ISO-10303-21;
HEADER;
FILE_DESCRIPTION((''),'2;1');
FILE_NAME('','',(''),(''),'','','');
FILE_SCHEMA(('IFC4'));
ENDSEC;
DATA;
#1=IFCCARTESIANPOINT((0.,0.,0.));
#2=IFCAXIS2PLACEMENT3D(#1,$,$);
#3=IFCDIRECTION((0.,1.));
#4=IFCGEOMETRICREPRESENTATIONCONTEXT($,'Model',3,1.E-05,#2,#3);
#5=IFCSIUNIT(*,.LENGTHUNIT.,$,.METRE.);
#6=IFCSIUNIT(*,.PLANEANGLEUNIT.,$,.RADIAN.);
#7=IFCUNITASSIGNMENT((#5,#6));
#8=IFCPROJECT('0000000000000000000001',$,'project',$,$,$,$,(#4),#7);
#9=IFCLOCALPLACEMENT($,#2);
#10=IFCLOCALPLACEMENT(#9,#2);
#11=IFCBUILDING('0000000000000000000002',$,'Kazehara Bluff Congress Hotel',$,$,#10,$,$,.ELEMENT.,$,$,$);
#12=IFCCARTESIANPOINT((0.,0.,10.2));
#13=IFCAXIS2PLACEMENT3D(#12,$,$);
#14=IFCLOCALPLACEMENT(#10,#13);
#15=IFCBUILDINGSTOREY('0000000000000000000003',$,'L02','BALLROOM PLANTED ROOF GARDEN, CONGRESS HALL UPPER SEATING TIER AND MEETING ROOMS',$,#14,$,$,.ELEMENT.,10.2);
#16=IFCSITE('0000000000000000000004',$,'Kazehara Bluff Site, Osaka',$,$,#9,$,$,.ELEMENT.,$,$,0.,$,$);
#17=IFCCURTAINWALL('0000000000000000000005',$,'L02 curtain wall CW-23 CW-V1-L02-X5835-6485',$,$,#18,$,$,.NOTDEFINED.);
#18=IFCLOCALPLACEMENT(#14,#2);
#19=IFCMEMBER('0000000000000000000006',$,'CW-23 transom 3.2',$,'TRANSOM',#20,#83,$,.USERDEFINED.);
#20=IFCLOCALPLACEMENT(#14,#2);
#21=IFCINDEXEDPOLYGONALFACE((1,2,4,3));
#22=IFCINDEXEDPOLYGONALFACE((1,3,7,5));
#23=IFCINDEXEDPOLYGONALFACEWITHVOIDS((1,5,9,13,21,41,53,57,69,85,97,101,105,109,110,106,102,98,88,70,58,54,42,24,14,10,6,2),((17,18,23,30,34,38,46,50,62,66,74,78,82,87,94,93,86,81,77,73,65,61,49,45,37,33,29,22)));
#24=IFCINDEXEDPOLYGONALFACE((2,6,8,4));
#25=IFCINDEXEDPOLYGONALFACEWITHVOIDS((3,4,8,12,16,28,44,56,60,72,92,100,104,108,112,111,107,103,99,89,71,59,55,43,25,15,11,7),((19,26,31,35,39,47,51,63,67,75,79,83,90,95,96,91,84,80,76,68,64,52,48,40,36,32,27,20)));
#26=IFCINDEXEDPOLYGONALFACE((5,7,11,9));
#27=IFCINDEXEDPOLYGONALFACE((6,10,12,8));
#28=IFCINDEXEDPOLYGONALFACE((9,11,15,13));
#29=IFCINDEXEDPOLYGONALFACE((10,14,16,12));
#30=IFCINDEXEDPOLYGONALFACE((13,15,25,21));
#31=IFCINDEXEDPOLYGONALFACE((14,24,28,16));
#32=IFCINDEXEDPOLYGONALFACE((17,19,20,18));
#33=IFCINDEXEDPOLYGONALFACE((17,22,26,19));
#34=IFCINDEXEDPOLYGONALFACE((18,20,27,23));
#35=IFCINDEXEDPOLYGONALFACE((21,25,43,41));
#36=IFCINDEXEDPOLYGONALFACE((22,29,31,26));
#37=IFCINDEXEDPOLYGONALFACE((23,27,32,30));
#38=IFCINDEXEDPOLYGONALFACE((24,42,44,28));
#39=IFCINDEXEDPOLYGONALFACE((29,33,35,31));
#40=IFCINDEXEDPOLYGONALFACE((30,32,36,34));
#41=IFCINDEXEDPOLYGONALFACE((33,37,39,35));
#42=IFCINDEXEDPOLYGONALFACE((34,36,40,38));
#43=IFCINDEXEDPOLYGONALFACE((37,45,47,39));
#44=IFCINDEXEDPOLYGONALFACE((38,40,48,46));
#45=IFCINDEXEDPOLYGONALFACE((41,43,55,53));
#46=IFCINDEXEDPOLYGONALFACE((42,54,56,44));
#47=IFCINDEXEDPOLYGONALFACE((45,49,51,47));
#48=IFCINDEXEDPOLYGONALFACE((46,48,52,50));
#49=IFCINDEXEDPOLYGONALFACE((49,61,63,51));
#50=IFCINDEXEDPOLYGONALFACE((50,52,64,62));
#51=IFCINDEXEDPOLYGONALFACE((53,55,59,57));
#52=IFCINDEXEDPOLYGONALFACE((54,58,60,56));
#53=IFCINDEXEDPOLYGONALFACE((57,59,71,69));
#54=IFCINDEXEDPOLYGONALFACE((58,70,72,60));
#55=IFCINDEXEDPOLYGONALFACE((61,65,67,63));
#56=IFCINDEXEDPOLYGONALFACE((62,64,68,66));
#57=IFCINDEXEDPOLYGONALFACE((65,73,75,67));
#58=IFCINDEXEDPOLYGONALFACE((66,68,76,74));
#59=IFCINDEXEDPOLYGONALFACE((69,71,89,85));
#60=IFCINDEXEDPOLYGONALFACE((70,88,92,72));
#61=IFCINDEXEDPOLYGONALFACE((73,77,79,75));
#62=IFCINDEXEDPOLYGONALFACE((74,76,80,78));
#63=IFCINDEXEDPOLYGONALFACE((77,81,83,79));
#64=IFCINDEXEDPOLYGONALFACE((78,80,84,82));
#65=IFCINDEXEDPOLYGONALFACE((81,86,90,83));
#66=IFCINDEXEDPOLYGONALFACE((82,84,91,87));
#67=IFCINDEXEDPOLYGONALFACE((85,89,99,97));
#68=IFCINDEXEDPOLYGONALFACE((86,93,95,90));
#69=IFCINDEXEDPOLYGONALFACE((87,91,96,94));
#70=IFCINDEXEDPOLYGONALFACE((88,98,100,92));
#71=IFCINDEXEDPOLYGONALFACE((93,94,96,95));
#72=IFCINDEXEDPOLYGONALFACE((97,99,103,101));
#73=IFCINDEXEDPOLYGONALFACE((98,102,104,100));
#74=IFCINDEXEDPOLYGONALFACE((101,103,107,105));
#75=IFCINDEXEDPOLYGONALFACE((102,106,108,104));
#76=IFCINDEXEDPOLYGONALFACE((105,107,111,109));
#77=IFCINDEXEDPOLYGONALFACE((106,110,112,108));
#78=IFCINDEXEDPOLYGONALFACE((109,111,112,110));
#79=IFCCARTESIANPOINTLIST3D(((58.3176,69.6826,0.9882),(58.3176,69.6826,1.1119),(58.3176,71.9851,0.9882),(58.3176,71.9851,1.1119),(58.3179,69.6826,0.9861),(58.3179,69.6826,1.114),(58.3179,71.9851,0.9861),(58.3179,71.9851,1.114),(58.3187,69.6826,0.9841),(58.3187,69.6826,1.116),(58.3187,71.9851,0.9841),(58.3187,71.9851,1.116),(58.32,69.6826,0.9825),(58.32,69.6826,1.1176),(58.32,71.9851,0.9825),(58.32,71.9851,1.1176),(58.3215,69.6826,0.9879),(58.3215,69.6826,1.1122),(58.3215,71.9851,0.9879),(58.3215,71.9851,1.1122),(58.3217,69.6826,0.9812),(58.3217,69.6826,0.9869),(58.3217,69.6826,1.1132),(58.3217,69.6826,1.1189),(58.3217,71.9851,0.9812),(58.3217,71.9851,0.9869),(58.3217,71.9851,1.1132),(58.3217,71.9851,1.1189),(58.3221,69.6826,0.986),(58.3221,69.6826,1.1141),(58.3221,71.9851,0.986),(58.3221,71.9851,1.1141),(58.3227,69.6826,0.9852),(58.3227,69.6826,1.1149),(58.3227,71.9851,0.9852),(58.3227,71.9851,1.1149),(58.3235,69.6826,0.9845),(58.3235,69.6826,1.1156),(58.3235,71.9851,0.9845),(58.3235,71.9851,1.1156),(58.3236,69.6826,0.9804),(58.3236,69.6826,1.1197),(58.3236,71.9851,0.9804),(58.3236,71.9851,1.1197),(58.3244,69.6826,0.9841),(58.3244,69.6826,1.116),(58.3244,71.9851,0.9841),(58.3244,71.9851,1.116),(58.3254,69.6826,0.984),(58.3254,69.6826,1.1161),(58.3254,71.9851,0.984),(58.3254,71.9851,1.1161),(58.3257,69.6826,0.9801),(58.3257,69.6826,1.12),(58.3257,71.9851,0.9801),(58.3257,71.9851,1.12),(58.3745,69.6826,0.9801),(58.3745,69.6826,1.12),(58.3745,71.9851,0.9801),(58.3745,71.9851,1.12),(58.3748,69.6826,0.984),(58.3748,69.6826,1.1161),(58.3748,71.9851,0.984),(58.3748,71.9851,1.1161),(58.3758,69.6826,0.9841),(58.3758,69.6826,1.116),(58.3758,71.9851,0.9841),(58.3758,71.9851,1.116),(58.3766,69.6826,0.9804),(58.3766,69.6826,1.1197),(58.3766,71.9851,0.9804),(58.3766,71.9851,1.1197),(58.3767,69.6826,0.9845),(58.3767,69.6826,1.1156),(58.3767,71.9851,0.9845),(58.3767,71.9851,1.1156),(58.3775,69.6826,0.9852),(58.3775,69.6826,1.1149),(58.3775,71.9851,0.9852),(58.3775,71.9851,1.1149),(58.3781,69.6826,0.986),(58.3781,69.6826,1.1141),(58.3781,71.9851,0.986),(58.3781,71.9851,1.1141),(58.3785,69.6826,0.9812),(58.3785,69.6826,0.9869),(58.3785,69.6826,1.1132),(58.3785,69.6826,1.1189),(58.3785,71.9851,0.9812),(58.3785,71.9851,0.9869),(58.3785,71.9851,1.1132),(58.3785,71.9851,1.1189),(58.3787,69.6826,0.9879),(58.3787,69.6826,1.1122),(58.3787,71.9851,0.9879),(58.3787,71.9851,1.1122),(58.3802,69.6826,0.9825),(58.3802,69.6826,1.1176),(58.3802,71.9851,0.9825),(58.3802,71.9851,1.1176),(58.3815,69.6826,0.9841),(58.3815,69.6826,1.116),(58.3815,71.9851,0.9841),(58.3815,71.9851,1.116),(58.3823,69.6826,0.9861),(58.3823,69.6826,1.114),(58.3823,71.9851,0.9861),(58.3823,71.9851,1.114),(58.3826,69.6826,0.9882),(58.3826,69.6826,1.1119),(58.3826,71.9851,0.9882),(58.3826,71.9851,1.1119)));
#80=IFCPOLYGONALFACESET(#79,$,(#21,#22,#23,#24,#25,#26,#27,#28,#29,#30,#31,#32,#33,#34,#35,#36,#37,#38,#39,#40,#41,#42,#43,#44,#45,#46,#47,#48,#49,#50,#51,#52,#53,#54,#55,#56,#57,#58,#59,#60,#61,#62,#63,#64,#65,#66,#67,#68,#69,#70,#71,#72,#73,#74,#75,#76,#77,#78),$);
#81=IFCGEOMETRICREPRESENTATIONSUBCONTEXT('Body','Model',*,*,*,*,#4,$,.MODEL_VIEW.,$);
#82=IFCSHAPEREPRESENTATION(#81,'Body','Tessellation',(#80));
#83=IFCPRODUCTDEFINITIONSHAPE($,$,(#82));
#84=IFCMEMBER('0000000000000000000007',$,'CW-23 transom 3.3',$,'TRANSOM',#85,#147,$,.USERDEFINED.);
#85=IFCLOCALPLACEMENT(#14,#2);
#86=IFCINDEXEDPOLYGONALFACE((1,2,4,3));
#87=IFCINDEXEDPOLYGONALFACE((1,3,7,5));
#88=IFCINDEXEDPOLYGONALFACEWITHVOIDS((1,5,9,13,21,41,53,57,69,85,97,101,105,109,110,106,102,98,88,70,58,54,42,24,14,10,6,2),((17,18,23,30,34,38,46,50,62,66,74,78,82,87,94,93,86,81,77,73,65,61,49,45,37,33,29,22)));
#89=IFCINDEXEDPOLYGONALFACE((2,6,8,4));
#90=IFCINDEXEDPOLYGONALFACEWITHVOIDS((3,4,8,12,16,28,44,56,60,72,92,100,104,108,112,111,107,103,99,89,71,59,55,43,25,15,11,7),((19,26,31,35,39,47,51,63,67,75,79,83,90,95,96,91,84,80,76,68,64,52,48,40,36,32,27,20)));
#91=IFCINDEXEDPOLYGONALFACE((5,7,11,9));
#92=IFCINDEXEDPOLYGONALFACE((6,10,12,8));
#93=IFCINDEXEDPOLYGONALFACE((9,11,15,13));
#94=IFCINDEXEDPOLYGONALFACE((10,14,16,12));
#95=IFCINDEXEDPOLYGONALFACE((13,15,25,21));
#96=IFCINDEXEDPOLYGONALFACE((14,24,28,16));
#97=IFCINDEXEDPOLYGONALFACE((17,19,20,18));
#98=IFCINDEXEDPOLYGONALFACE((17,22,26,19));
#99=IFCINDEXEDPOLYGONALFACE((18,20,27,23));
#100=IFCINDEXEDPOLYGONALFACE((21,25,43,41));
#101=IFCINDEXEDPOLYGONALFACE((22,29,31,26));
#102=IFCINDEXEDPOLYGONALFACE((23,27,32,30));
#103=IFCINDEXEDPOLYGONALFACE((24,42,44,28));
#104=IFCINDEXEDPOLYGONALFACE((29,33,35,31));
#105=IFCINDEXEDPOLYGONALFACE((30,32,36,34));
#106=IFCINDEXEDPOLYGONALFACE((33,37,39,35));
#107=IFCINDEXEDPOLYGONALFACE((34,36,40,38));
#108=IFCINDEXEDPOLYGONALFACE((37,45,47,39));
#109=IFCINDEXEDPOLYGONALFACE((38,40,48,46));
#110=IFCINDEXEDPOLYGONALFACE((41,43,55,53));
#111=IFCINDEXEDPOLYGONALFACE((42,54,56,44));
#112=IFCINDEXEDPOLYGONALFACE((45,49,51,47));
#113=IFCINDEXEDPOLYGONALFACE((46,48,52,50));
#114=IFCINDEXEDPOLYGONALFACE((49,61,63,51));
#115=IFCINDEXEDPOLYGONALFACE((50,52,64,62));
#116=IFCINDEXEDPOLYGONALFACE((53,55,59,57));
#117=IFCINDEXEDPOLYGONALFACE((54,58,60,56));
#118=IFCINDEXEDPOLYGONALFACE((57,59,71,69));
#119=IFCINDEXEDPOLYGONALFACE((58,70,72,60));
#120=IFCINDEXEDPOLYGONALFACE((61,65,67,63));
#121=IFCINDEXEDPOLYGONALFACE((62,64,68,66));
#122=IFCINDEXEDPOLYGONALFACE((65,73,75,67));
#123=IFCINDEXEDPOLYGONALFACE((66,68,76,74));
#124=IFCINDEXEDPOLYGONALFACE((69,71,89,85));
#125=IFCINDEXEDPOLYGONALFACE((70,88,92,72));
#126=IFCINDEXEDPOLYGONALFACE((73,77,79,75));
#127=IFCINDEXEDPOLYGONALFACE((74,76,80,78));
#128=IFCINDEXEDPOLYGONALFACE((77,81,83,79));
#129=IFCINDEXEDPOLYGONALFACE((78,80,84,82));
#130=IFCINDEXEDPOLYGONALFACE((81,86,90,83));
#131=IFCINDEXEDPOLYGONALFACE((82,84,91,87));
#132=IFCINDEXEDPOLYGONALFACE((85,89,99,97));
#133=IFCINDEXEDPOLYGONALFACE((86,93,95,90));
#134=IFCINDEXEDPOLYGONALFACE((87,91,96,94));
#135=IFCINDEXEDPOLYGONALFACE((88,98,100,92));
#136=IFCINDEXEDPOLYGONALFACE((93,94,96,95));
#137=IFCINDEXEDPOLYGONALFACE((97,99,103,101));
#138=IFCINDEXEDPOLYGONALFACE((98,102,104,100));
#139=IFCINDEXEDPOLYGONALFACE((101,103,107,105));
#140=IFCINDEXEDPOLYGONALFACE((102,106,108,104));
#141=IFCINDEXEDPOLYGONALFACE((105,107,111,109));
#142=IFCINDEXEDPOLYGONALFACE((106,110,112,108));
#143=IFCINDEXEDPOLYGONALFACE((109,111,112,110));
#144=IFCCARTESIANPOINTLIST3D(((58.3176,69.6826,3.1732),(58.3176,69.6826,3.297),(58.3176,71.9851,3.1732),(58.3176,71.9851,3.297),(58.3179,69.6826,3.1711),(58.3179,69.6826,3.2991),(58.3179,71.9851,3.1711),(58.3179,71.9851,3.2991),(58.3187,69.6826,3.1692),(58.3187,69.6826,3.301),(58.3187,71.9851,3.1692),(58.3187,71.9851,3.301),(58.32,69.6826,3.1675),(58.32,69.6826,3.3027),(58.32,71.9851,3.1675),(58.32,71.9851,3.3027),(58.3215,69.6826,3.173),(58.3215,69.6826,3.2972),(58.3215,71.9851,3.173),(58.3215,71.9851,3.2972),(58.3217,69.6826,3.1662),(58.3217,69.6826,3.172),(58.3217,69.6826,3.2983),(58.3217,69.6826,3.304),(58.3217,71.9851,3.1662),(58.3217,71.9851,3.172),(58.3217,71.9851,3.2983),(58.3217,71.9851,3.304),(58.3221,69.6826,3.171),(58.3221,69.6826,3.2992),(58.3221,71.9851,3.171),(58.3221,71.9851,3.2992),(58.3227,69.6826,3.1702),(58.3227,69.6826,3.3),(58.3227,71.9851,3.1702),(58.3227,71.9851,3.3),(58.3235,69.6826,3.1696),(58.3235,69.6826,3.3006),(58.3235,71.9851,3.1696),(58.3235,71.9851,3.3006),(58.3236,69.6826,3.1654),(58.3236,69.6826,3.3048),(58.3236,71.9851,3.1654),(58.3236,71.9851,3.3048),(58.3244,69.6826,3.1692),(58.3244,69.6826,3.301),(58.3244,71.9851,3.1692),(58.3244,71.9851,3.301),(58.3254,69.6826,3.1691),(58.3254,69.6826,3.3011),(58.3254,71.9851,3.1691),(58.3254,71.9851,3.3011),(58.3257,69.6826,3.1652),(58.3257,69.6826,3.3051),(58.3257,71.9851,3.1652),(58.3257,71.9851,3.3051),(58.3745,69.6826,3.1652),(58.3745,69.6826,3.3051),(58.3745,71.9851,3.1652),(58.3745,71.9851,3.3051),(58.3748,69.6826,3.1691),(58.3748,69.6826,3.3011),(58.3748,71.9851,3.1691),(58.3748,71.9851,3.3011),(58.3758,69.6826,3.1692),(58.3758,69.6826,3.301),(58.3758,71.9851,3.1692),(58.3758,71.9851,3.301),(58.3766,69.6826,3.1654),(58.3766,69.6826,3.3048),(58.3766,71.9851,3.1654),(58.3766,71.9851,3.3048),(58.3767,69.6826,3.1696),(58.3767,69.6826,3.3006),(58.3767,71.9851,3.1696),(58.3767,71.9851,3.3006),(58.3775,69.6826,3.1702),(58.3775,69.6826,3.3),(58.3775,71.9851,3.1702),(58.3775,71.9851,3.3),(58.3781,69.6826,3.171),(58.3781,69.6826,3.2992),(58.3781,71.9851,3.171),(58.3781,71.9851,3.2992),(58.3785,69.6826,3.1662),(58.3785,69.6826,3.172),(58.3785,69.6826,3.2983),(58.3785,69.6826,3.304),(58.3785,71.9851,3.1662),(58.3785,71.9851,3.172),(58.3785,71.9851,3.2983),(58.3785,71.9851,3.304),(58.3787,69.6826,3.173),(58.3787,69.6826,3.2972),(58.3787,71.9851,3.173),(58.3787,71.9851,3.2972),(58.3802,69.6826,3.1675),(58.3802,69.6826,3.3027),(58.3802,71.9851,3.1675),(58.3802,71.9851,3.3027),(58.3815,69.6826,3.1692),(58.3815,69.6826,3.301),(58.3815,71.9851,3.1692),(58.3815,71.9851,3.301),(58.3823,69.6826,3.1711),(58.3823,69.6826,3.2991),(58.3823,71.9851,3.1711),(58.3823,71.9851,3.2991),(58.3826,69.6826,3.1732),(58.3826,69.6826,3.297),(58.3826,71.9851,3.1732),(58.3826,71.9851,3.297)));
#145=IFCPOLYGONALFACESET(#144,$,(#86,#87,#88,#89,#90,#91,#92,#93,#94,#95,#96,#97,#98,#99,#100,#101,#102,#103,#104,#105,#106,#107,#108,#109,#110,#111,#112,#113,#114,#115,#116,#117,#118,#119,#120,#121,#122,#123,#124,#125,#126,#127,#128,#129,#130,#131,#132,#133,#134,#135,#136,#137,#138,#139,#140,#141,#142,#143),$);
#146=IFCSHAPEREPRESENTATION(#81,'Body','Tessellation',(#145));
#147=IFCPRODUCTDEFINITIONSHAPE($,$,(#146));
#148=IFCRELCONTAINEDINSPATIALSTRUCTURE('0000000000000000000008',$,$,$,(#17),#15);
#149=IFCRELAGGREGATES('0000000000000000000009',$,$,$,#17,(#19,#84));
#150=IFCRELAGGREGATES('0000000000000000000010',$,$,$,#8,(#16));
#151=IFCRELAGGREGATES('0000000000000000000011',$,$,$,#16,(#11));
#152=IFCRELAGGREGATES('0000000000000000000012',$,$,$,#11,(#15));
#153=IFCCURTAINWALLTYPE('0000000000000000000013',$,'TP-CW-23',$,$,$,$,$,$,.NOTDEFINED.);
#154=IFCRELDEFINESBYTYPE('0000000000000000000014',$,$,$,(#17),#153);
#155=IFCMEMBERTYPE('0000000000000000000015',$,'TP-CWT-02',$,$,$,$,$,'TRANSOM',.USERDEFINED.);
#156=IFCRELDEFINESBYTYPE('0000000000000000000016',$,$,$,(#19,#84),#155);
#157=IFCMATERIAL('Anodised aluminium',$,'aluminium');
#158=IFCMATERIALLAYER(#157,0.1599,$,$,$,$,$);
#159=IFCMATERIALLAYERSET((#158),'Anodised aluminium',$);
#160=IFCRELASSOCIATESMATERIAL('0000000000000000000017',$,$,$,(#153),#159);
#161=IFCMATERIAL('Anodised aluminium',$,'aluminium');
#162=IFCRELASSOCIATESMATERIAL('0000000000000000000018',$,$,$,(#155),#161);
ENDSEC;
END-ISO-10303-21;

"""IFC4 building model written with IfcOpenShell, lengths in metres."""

from ifc_helpers import new_model, si_unit, direction, frame, origin, origin_2d, place, context, subcontext, project, spatial, hollow_rectangle, extrude, material, layer, layer_set, material_profile, profile_set, type_object, element, aggregate, save


model = new_model("IFC4")

# Units and contexts
model_context = context("Model", 3, precision=1e-05, world=origin(), true_north=direction((0.0, 1.0)))
body_context = subcontext(model_context, "Body", "Model", "MODEL_VIEW")
ifc_project = project(units=[si_unit("LENGTHUNIT", "METRE"), si_unit("PLANEANGLEUNIT", "RADIAN")], contexts=[model_context])

# Site, building, storey
site_placement = place(None, origin())
site = spatial("IfcSite", under=ifc_project, at=site_placement, Name="Kazehara Bluff Site, Osaka", CompositionType="ELEMENT", RefElevation=0.0)
building_placement = place(site_placement, origin())
building = spatial("IfcBuilding", under=site, at=building_placement, Name="Kazehara Bluff Congress Hotel", CompositionType="ELEMENT")
storey_placement = place(building_placement, frame((0.0, 0.0, 10.2)))
storey = spatial("IfcBuildingStorey", under=building, at=storey_placement, Name="L02", Description="BALLROOM PLANTED ROOF GARDEN, CONGRESS HALL UPPER SEATING TIER AND MEETING ROOMS", CompositionType="ELEMENT", Elevation=10.2)

# Curtain wall
ifc_material_1 = material(Name="Anodised aluminium", Category="aluminium")
ifc_layer_1 = layer(ifc_material_1, 0.1599)
ifc_layer_set_1 = layer_set([ifc_layer_1], Name="Anodised aluminium")
curtain_wall_type_1 = type_object("IfcCurtainWallType", Name="TP-CW-23", PredefinedType="NOTDEFINED", material=ifc_layer_set_1)
curtain_wall_1_placement = place(storey_placement, origin())
curtain_wall_1 = element("IfcCurtainWall", 1, at=curtain_wall_1_placement, inside=storey, type_object=curtain_wall_type_1, Name="L02 curtain wall CW-23 CW-V1-L02-X5835-6485", PredefinedType="NOTDEFINED")

# Members
ifc_material_2 = material(Name="Anodised aluminium", Category="aluminium")
ifc_material_profile_1 = material_profile(ifc_material_2, hollow_rectangle(XDim=0.0649, YDim=0.1399, WallThickness=0.0039, InnerFilletRadius=0.0039, OuterFilletRadius=0.0081, at=origin_2d()))
ifc_profile_set_1 = profile_set([ifc_material_profile_1], Name="Anodised aluminium")
member_type_1 = type_object("IfcMemberType", Name="TP-CWT-02", ElementType="TRANSOM", PredefinedType="USERDEFINED", material=ifc_profile_set_1)
member_1_placement = place(storey_placement, frame((58.3501, 69.6826, 1.05), z_axis=(0.0, 1.0, 0.0), x_axis=(-1.0, 0.0, 0.0)))
member_1 = element("IfcMember", 2, at=member_1_placement, type_object=member_type_1, Name="CW-23 transom 3.2", ObjectType="TRANSOM", PredefinedType="USERDEFINED", context=body_context, shape_type="SweptSolid", body=[
    extrude(hollow_rectangle(XDim=0.0649, YDim=0.1399, WallThickness=0.0039, InnerFilletRadius=0.0039, OuterFilletRadius=0.0081, at=origin_2d()), origin(), (0.0, 0.0, 1.0), 2.3025),
])
member_2_placement = place(storey_placement, frame((58.3501, 69.6826, 3.2351), z_axis=(0.0, 1.0, 0.0), x_axis=(-1.0, 0.0, 0.0)))
member_2 = element("IfcMember", 3, at=member_2_placement, type_object=member_type_1, Name="CW-23 transom 3.3", ObjectType="TRANSOM", PredefinedType="USERDEFINED", context=body_context, shape_type="SweptSolid", body=[
    extrude(hollow_rectangle(XDim=0.0649, YDim=0.1399, WallThickness=0.0039, InnerFilletRadius=0.0039, OuterFilletRadius=0.0081, at=origin_2d()), origin(), (0.0, 0.0, 1.0), 2.3025),
])

aggregate(curtain_wall_1, [member_1, member_2])

save(model, "model.ifc")
